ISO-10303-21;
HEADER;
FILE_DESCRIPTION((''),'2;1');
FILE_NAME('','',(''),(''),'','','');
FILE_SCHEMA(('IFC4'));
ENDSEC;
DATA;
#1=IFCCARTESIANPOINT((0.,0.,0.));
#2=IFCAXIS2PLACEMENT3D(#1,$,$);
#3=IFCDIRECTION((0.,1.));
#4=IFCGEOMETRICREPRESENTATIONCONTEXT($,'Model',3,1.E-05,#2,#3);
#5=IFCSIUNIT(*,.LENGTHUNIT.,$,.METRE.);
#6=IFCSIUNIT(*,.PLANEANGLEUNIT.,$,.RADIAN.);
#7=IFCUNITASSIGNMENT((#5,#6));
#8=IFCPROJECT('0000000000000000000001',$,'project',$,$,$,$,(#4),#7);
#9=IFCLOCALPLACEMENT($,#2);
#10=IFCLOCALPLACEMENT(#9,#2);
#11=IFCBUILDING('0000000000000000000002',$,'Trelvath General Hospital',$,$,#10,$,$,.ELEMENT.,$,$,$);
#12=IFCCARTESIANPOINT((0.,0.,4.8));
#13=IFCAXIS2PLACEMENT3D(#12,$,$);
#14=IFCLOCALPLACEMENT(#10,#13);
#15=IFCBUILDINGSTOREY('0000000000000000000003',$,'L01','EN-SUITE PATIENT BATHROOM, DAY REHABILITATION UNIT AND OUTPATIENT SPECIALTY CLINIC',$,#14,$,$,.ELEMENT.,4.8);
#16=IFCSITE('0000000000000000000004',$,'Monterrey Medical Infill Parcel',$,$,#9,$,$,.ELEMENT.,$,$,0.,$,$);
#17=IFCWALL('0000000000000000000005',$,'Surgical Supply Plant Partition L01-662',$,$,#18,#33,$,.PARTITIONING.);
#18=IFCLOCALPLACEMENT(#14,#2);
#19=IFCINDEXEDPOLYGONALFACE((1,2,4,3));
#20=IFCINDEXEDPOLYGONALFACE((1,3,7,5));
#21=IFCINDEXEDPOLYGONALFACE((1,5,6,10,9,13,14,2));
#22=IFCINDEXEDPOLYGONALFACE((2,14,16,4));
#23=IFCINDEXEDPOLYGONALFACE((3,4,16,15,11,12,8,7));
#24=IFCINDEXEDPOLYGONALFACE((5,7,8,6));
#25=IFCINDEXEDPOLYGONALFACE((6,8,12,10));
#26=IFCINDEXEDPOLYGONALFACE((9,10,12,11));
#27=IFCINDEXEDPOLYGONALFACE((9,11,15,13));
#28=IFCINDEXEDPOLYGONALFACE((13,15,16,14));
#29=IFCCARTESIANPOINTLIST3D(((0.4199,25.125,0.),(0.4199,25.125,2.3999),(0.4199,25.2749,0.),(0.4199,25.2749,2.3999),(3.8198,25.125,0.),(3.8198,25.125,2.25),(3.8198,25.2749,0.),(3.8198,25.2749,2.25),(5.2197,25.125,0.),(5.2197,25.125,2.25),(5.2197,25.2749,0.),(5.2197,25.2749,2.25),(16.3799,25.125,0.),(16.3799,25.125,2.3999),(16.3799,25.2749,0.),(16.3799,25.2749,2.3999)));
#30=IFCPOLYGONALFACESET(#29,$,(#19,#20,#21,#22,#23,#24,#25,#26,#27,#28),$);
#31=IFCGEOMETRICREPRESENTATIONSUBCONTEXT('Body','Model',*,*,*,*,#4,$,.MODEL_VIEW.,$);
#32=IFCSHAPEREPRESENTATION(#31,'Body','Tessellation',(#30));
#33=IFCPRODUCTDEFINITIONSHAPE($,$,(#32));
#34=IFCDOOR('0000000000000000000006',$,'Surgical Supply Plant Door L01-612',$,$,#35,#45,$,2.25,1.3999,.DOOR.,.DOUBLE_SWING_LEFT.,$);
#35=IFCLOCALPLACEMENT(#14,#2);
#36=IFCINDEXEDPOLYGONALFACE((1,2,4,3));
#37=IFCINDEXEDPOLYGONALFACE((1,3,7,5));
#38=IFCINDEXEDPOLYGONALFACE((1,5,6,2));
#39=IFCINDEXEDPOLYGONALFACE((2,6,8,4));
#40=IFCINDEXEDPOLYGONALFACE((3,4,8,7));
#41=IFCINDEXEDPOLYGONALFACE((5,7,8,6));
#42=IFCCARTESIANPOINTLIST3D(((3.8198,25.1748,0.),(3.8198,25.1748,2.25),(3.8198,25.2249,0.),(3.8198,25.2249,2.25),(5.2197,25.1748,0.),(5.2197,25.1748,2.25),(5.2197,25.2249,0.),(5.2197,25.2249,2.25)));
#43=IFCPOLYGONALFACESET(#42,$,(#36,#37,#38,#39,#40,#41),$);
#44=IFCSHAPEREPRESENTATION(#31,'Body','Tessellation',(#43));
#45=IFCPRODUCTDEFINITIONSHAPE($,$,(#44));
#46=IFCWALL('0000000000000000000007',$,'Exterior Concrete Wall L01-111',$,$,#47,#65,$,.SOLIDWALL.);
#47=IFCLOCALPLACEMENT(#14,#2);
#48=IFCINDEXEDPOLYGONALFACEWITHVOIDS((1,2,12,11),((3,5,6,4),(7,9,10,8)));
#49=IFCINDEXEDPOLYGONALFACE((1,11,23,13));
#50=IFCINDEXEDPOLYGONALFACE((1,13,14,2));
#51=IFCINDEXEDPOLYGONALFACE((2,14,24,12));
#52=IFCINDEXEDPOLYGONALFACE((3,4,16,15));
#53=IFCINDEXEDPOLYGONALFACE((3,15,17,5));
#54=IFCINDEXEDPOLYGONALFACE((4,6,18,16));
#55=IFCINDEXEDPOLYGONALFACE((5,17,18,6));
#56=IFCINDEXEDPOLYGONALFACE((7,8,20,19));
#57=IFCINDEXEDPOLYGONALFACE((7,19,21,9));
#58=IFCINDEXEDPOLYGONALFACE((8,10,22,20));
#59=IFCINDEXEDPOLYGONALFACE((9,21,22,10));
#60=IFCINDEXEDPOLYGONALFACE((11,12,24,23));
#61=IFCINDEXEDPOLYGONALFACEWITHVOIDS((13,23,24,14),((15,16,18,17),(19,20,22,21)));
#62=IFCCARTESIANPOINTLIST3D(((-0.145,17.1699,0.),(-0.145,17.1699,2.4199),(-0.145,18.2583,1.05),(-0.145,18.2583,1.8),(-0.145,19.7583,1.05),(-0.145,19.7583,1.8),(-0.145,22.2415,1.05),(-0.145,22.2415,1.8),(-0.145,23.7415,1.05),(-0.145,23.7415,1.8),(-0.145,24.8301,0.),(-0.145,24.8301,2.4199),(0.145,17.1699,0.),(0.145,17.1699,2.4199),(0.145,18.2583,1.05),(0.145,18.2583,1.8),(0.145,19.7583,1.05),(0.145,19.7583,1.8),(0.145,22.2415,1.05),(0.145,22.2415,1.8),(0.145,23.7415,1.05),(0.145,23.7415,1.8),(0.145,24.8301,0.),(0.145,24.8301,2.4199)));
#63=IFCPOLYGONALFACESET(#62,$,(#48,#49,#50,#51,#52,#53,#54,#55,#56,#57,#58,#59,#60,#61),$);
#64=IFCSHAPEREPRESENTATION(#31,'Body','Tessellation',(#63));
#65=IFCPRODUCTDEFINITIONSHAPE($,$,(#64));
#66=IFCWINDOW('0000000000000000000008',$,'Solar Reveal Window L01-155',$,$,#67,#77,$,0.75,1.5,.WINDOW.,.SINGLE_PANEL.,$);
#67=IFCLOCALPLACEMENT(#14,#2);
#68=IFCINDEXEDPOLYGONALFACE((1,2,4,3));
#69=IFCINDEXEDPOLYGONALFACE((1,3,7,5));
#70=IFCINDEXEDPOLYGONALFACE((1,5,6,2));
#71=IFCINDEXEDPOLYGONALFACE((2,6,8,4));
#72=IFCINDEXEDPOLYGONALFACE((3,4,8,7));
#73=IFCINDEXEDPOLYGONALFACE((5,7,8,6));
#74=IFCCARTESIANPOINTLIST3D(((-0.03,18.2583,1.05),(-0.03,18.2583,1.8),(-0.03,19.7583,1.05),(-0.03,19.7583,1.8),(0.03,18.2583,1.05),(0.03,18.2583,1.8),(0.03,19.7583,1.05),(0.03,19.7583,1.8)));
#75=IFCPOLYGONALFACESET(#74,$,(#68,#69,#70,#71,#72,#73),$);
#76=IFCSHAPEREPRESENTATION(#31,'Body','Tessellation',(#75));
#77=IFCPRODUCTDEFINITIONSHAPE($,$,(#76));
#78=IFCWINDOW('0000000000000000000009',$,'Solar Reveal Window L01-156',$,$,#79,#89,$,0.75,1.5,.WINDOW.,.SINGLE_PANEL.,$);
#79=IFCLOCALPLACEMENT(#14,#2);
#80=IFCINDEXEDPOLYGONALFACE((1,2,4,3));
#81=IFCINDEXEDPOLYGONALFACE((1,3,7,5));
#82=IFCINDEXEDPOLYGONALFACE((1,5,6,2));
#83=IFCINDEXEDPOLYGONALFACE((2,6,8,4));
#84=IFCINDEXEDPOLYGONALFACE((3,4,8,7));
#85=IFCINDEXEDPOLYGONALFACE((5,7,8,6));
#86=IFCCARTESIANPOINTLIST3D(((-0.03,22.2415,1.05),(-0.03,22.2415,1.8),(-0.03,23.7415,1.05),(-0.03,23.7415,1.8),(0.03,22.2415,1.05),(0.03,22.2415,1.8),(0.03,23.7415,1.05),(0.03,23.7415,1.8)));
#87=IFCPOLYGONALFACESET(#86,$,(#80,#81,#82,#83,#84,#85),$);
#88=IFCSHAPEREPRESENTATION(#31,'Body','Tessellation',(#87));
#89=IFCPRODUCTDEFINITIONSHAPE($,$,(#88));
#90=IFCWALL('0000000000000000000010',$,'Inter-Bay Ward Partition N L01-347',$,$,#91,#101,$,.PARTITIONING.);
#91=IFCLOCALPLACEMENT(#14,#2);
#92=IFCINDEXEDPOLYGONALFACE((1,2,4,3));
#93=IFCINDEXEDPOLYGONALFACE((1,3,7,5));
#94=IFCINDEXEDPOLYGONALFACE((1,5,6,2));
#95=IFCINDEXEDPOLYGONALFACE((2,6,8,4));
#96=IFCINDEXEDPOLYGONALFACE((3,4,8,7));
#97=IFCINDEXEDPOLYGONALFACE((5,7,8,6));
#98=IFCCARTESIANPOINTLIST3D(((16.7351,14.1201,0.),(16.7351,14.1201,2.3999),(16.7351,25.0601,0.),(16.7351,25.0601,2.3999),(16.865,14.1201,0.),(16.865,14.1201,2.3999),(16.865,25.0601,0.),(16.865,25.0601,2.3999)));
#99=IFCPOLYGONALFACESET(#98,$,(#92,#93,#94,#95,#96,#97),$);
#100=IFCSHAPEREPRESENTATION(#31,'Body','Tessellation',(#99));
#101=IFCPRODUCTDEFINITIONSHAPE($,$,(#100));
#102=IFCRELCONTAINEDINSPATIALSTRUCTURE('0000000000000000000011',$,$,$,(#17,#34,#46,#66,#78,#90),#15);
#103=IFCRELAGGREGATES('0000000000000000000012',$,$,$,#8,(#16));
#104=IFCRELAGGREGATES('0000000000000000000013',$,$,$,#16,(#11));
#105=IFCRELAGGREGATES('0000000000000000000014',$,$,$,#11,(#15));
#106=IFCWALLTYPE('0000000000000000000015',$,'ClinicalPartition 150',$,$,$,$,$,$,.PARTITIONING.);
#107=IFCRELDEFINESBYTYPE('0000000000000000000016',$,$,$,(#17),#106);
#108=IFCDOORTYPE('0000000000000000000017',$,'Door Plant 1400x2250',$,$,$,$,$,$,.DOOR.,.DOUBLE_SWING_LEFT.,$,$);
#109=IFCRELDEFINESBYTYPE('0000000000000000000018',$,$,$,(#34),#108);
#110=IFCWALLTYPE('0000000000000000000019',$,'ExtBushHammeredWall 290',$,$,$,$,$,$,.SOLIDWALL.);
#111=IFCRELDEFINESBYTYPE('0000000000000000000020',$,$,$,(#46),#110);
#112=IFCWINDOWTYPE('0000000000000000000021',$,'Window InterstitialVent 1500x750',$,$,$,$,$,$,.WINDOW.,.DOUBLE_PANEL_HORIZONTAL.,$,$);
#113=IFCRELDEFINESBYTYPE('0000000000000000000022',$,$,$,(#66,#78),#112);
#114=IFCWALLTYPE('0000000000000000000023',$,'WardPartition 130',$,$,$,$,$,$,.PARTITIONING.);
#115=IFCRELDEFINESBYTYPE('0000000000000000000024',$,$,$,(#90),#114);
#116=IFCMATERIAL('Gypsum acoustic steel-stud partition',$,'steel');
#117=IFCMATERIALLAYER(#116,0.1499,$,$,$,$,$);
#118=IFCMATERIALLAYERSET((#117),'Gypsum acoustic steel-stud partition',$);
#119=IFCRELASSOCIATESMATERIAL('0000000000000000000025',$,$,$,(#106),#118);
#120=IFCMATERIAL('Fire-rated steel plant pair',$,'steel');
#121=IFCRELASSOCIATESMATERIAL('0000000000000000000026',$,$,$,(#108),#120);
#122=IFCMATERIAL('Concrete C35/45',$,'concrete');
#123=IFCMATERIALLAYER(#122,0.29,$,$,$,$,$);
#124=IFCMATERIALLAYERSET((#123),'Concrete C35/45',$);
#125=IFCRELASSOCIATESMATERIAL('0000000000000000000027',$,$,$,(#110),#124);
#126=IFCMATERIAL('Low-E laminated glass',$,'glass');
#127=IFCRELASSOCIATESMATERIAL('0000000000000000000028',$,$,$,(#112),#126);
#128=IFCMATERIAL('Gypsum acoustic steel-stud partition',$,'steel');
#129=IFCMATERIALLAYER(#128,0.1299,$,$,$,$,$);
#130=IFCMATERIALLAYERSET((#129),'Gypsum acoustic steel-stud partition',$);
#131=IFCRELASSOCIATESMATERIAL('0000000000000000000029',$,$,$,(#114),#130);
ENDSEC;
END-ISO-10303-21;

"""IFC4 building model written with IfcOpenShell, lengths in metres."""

from ifc_helpers import new_model, si_unit, direction, frame, frame_2d, origin, place, context, subcontext, project, spatial, rectangle, extrude, material, layer, layer_set, type_object, element, fill, save


model = new_model("IFC4")

# Units and contexts
model_context = context("Model", 3, precision=1e-05, world=origin(), true_north=direction((0.0, 1.0)))
body_context = subcontext(model_context, "Body", "Model", "MODEL_VIEW")
ifc_project = project(units=[si_unit("LENGTHUNIT", "METRE"), si_unit("PLANEANGLEUNIT", "RADIAN")], contexts=[model_context])

# Site, building, storey
site_placement = place(None, origin())
site = spatial("IfcSite", under=ifc_project, at=site_placement, Name="Monterrey Medical Infill Parcel", CompositionType="ELEMENT", RefElevation=0.0)
building_placement = place(site_placement, origin())
building = spatial("IfcBuilding", under=site, at=building_placement, Name="Trelvath General Hospital", CompositionType="ELEMENT")
storey_placement = place(building_placement, frame((0.0, 0.0, 4.8)))
storey = spatial("IfcBuildingStorey", under=building, at=storey_placement, Name="L01", Description="EN-SUITE PATIENT BATHROOM, DAY REHABILITATION UNIT AND OUTPATIENT SPECIALTY CLINIC", CompositionType="ELEMENT", Elevation=4.8)

# Wall, opening, door
ifc_material_1 = material(Name="Gypsum acoustic steel-stud partition", Category="steel")
ifc_layer_1 = layer(ifc_material_1, 0.1499)
ifc_layer_set_1 = layer_set([ifc_layer_1], Name="Gypsum acoustic steel-stud partition")
wall_type_1 = type_object("IfcWallType", Name="ClinicalPartition 150", PredefinedType="PARTITIONING", material=ifc_layer_set_1)
wall_1_placement = place(storey_placement, frame((0.4199, 25.2, 0.0), z_axis=(0.0, 0.0, 1.0), x_axis=(1.0, 0.0, 0.0)))
wall_1 = element("IfcWall", 1, at=wall_1_placement, inside=storey, type_object=wall_type_1, Name="Surgical Supply Plant Partition L01-662", PredefinedType="PARTITIONING", context=body_context, shape_type="SweptSolid", body=[
    extrude(rectangle(XDim=15.96, YDim=0.1499, at=frame_2d((7.98, 0.0))), origin(), (0.0, 0.0, 1.0), 2.3999),
])
opening_1_placement = place(wall_1_placement, frame((3.3999, 0.0, 0.0)))
opening_1 = element("IfcOpeningElement", 2, at=opening_1_placement, cuts=wall_1, PredefinedType="OPENING", context=body_context, shape_type="SweptSolid", body=[
    extrude(rectangle(XDim=1.3999, YDim=2.25, at=frame_2d((0.7, 1.125))), frame((0.0, 0.085, 0.0), z_axis=(0.0, -1.0, 0.0), x_axis=(1.0, 0.0, 0.0)), (0.0, 0.0, 1.0), 0.1699),
])
ifc_material_2 = material(Name="Fire-rated steel plant pair", Category="steel")
door_type = type_object("IfcDoorType", Name="Door Plant 1400x2250", OperationType="DOUBLE_SWING_LEFT", PredefinedType="DOOR", material=ifc_material_2)
door_placement = place(opening_1_placement, origin())
door = element("IfcDoor", 3, at=door_placement, inside=storey, type_object=door_type, Name="Surgical Supply Plant Door L01-612", OperationType="DOUBLE_SWING_LEFT", OverallHeight=2.25, OverallWidth=1.3999, PredefinedType="DOOR", context=body_context, shape_type="SweptSolid", body=[
    extrude(rectangle(XDim=1.3999, YDim=2.25, at=frame_2d((0.7, 1.125))), frame((0.0, 0.0249, 0.0), z_axis=(0.0, -1.0, 0.0), x_axis=(1.0, 0.0, 0.0)), (0.0, 0.0, 1.0), 0.05),
])
fill(opening_1, door)

# Wall, openings, windows
ifc_material_3 = material(Name="Concrete C35/45", Category="concrete")
ifc_layer_2 = layer(ifc_material_3, 0.29)
ifc_layer_set_2 = layer_set([ifc_layer_2], Name="Concrete C35/45")
wall_type_2 = type_object("IfcWallType", Name="ExtBushHammeredWall 290", PredefinedType="SOLIDWALL", material=ifc_layer_set_2)
wall_2_placement = place(storey_placement, frame((0.0, 17.1699, 0.0), z_axis=(0.0, 0.0, 1.0), x_axis=(0.0, 1.0, 0.0)))
wall_2 = element("IfcWall", 4, at=wall_2_placement, inside=storey, type_object=wall_type_2, Name="Exterior Concrete Wall L01-111", PredefinedType="SOLIDWALL", context=body_context, shape_type="SweptSolid", body=[
    extrude(rectangle(XDim=7.6602, YDim=0.29, at=frame_2d((3.8301, 0.0))), origin(), (0.0, 0.0, 1.0), 2.4199),
])
opening_2_placement = place(wall_2_placement, frame((1.0884, 0.0, 1.05)))
opening_2 = element("IfcOpeningElement", 5, at=opening_2_placement, cuts=wall_2, PredefinedType="OPENING", context=body_context, shape_type="SweptSolid", body=[
    extrude(rectangle(XDim=1.5, YDim=0.75, at=frame_2d((0.75, 0.375))), frame((0.0, 0.155, 0.0), z_axis=(0.0, -1.0, 0.0), x_axis=(1.0, 0.0, 0.0)), (0.0, 0.0, 1.0), 0.3101),
])
opening_3_placement = place(wall_2_placement, frame((5.0715, 0.0, 1.05)))
opening_3 = element("IfcOpeningElement", 6, at=opening_3_placement, cuts=wall_2, PredefinedType="OPENING", context=body_context, shape_type="SweptSolid", body=[
    extrude(rectangle(XDim=1.5, YDim=0.75, at=frame_2d((0.75, 0.375))), frame((0.0, 0.155, 0.0), z_axis=(0.0, -1.0, 0.0), x_axis=(1.0, 0.0, 0.0)), (0.0, 0.0, 1.0), 0.3101),
])
ifc_material_4 = material(Name="Low-E laminated glass", Category="glass")
window_type = type_object("IfcWindowType", Name="Window InterstitialVent 1500x750", PartitioningType="DOUBLE_PANEL_HORIZONTAL", PredefinedType="WINDOW", material=ifc_material_4)
window_1_placement = place(opening_2_placement, origin())
window_1 = element("IfcWindow", 7, at=window_1_placement, inside=storey, type_object=window_type, Name="Solar Reveal Window L01-155", OverallHeight=0.75, OverallWidth=1.5, PartitioningType="SINGLE_PANEL", PredefinedType="WINDOW", context=body_context, shape_type="SweptSolid", body=[
    extrude(rectangle(XDim=1.5, YDim=0.75, at=frame_2d((0.75, 0.375))), frame((0.0, 0.03, 0.0), z_axis=(0.0, -1.0, 0.0), x_axis=(1.0, 0.0, 0.0)), (0.0, 0.0, 1.0), 0.0601),
])
fill(opening_2, window_1)
window_2_placement = place(opening_3_placement, origin())
window_2 = element("IfcWindow", 8, at=window_2_placement, inside=storey, type_object=window_type, Name="Solar Reveal Window L01-156", OverallHeight=0.75, OverallWidth=1.5, PartitioningType="SINGLE_PANEL", PredefinedType="WINDOW", context=body_context, shape_type="SweptSolid", body=[
    extrude(rectangle(XDim=1.5, YDim=0.75, at=frame_2d((0.75, 0.375))), frame((0.0, 0.03, 0.0), z_axis=(0.0, -1.0, 0.0), x_axis=(1.0, 0.0, 0.0)), (0.0, 0.0, 1.0), 0.0601),
])
fill(opening_3, window_2)

# Wall
ifc_material_5 = material(Name="Gypsum acoustic steel-stud partition", Category="steel")
ifc_layer_3 = layer(ifc_material_5, 0.1299)
ifc_layer_set_3 = layer_set([ifc_layer_3], Name="Gypsum acoustic steel-stud partition")
wall_type_3 = type_object("IfcWallType", Name="WardPartition 130", PredefinedType="PARTITIONING", material=ifc_layer_set_3)
wall_3_placement = place(storey_placement, frame((16.8, 14.1201, 0.0), z_axis=(0.0, 0.0, 1.0), x_axis=(0.0, 1.0, 0.0)))
element("IfcWall", 9, at=wall_3_placement, inside=storey, type_object=wall_type_3, Name="Inter-Bay Ward Partition N L01-347", PredefinedType="PARTITIONING", context=body_context, shape_type="SweptSolid", body=[
    extrude(rectangle(XDim=10.9399, YDim=0.1299, at=frame_2d((5.47, 0.0))), origin(), (0.0, 0.0, 1.0), 2.3999),
])

save(model, "model.ifc")
